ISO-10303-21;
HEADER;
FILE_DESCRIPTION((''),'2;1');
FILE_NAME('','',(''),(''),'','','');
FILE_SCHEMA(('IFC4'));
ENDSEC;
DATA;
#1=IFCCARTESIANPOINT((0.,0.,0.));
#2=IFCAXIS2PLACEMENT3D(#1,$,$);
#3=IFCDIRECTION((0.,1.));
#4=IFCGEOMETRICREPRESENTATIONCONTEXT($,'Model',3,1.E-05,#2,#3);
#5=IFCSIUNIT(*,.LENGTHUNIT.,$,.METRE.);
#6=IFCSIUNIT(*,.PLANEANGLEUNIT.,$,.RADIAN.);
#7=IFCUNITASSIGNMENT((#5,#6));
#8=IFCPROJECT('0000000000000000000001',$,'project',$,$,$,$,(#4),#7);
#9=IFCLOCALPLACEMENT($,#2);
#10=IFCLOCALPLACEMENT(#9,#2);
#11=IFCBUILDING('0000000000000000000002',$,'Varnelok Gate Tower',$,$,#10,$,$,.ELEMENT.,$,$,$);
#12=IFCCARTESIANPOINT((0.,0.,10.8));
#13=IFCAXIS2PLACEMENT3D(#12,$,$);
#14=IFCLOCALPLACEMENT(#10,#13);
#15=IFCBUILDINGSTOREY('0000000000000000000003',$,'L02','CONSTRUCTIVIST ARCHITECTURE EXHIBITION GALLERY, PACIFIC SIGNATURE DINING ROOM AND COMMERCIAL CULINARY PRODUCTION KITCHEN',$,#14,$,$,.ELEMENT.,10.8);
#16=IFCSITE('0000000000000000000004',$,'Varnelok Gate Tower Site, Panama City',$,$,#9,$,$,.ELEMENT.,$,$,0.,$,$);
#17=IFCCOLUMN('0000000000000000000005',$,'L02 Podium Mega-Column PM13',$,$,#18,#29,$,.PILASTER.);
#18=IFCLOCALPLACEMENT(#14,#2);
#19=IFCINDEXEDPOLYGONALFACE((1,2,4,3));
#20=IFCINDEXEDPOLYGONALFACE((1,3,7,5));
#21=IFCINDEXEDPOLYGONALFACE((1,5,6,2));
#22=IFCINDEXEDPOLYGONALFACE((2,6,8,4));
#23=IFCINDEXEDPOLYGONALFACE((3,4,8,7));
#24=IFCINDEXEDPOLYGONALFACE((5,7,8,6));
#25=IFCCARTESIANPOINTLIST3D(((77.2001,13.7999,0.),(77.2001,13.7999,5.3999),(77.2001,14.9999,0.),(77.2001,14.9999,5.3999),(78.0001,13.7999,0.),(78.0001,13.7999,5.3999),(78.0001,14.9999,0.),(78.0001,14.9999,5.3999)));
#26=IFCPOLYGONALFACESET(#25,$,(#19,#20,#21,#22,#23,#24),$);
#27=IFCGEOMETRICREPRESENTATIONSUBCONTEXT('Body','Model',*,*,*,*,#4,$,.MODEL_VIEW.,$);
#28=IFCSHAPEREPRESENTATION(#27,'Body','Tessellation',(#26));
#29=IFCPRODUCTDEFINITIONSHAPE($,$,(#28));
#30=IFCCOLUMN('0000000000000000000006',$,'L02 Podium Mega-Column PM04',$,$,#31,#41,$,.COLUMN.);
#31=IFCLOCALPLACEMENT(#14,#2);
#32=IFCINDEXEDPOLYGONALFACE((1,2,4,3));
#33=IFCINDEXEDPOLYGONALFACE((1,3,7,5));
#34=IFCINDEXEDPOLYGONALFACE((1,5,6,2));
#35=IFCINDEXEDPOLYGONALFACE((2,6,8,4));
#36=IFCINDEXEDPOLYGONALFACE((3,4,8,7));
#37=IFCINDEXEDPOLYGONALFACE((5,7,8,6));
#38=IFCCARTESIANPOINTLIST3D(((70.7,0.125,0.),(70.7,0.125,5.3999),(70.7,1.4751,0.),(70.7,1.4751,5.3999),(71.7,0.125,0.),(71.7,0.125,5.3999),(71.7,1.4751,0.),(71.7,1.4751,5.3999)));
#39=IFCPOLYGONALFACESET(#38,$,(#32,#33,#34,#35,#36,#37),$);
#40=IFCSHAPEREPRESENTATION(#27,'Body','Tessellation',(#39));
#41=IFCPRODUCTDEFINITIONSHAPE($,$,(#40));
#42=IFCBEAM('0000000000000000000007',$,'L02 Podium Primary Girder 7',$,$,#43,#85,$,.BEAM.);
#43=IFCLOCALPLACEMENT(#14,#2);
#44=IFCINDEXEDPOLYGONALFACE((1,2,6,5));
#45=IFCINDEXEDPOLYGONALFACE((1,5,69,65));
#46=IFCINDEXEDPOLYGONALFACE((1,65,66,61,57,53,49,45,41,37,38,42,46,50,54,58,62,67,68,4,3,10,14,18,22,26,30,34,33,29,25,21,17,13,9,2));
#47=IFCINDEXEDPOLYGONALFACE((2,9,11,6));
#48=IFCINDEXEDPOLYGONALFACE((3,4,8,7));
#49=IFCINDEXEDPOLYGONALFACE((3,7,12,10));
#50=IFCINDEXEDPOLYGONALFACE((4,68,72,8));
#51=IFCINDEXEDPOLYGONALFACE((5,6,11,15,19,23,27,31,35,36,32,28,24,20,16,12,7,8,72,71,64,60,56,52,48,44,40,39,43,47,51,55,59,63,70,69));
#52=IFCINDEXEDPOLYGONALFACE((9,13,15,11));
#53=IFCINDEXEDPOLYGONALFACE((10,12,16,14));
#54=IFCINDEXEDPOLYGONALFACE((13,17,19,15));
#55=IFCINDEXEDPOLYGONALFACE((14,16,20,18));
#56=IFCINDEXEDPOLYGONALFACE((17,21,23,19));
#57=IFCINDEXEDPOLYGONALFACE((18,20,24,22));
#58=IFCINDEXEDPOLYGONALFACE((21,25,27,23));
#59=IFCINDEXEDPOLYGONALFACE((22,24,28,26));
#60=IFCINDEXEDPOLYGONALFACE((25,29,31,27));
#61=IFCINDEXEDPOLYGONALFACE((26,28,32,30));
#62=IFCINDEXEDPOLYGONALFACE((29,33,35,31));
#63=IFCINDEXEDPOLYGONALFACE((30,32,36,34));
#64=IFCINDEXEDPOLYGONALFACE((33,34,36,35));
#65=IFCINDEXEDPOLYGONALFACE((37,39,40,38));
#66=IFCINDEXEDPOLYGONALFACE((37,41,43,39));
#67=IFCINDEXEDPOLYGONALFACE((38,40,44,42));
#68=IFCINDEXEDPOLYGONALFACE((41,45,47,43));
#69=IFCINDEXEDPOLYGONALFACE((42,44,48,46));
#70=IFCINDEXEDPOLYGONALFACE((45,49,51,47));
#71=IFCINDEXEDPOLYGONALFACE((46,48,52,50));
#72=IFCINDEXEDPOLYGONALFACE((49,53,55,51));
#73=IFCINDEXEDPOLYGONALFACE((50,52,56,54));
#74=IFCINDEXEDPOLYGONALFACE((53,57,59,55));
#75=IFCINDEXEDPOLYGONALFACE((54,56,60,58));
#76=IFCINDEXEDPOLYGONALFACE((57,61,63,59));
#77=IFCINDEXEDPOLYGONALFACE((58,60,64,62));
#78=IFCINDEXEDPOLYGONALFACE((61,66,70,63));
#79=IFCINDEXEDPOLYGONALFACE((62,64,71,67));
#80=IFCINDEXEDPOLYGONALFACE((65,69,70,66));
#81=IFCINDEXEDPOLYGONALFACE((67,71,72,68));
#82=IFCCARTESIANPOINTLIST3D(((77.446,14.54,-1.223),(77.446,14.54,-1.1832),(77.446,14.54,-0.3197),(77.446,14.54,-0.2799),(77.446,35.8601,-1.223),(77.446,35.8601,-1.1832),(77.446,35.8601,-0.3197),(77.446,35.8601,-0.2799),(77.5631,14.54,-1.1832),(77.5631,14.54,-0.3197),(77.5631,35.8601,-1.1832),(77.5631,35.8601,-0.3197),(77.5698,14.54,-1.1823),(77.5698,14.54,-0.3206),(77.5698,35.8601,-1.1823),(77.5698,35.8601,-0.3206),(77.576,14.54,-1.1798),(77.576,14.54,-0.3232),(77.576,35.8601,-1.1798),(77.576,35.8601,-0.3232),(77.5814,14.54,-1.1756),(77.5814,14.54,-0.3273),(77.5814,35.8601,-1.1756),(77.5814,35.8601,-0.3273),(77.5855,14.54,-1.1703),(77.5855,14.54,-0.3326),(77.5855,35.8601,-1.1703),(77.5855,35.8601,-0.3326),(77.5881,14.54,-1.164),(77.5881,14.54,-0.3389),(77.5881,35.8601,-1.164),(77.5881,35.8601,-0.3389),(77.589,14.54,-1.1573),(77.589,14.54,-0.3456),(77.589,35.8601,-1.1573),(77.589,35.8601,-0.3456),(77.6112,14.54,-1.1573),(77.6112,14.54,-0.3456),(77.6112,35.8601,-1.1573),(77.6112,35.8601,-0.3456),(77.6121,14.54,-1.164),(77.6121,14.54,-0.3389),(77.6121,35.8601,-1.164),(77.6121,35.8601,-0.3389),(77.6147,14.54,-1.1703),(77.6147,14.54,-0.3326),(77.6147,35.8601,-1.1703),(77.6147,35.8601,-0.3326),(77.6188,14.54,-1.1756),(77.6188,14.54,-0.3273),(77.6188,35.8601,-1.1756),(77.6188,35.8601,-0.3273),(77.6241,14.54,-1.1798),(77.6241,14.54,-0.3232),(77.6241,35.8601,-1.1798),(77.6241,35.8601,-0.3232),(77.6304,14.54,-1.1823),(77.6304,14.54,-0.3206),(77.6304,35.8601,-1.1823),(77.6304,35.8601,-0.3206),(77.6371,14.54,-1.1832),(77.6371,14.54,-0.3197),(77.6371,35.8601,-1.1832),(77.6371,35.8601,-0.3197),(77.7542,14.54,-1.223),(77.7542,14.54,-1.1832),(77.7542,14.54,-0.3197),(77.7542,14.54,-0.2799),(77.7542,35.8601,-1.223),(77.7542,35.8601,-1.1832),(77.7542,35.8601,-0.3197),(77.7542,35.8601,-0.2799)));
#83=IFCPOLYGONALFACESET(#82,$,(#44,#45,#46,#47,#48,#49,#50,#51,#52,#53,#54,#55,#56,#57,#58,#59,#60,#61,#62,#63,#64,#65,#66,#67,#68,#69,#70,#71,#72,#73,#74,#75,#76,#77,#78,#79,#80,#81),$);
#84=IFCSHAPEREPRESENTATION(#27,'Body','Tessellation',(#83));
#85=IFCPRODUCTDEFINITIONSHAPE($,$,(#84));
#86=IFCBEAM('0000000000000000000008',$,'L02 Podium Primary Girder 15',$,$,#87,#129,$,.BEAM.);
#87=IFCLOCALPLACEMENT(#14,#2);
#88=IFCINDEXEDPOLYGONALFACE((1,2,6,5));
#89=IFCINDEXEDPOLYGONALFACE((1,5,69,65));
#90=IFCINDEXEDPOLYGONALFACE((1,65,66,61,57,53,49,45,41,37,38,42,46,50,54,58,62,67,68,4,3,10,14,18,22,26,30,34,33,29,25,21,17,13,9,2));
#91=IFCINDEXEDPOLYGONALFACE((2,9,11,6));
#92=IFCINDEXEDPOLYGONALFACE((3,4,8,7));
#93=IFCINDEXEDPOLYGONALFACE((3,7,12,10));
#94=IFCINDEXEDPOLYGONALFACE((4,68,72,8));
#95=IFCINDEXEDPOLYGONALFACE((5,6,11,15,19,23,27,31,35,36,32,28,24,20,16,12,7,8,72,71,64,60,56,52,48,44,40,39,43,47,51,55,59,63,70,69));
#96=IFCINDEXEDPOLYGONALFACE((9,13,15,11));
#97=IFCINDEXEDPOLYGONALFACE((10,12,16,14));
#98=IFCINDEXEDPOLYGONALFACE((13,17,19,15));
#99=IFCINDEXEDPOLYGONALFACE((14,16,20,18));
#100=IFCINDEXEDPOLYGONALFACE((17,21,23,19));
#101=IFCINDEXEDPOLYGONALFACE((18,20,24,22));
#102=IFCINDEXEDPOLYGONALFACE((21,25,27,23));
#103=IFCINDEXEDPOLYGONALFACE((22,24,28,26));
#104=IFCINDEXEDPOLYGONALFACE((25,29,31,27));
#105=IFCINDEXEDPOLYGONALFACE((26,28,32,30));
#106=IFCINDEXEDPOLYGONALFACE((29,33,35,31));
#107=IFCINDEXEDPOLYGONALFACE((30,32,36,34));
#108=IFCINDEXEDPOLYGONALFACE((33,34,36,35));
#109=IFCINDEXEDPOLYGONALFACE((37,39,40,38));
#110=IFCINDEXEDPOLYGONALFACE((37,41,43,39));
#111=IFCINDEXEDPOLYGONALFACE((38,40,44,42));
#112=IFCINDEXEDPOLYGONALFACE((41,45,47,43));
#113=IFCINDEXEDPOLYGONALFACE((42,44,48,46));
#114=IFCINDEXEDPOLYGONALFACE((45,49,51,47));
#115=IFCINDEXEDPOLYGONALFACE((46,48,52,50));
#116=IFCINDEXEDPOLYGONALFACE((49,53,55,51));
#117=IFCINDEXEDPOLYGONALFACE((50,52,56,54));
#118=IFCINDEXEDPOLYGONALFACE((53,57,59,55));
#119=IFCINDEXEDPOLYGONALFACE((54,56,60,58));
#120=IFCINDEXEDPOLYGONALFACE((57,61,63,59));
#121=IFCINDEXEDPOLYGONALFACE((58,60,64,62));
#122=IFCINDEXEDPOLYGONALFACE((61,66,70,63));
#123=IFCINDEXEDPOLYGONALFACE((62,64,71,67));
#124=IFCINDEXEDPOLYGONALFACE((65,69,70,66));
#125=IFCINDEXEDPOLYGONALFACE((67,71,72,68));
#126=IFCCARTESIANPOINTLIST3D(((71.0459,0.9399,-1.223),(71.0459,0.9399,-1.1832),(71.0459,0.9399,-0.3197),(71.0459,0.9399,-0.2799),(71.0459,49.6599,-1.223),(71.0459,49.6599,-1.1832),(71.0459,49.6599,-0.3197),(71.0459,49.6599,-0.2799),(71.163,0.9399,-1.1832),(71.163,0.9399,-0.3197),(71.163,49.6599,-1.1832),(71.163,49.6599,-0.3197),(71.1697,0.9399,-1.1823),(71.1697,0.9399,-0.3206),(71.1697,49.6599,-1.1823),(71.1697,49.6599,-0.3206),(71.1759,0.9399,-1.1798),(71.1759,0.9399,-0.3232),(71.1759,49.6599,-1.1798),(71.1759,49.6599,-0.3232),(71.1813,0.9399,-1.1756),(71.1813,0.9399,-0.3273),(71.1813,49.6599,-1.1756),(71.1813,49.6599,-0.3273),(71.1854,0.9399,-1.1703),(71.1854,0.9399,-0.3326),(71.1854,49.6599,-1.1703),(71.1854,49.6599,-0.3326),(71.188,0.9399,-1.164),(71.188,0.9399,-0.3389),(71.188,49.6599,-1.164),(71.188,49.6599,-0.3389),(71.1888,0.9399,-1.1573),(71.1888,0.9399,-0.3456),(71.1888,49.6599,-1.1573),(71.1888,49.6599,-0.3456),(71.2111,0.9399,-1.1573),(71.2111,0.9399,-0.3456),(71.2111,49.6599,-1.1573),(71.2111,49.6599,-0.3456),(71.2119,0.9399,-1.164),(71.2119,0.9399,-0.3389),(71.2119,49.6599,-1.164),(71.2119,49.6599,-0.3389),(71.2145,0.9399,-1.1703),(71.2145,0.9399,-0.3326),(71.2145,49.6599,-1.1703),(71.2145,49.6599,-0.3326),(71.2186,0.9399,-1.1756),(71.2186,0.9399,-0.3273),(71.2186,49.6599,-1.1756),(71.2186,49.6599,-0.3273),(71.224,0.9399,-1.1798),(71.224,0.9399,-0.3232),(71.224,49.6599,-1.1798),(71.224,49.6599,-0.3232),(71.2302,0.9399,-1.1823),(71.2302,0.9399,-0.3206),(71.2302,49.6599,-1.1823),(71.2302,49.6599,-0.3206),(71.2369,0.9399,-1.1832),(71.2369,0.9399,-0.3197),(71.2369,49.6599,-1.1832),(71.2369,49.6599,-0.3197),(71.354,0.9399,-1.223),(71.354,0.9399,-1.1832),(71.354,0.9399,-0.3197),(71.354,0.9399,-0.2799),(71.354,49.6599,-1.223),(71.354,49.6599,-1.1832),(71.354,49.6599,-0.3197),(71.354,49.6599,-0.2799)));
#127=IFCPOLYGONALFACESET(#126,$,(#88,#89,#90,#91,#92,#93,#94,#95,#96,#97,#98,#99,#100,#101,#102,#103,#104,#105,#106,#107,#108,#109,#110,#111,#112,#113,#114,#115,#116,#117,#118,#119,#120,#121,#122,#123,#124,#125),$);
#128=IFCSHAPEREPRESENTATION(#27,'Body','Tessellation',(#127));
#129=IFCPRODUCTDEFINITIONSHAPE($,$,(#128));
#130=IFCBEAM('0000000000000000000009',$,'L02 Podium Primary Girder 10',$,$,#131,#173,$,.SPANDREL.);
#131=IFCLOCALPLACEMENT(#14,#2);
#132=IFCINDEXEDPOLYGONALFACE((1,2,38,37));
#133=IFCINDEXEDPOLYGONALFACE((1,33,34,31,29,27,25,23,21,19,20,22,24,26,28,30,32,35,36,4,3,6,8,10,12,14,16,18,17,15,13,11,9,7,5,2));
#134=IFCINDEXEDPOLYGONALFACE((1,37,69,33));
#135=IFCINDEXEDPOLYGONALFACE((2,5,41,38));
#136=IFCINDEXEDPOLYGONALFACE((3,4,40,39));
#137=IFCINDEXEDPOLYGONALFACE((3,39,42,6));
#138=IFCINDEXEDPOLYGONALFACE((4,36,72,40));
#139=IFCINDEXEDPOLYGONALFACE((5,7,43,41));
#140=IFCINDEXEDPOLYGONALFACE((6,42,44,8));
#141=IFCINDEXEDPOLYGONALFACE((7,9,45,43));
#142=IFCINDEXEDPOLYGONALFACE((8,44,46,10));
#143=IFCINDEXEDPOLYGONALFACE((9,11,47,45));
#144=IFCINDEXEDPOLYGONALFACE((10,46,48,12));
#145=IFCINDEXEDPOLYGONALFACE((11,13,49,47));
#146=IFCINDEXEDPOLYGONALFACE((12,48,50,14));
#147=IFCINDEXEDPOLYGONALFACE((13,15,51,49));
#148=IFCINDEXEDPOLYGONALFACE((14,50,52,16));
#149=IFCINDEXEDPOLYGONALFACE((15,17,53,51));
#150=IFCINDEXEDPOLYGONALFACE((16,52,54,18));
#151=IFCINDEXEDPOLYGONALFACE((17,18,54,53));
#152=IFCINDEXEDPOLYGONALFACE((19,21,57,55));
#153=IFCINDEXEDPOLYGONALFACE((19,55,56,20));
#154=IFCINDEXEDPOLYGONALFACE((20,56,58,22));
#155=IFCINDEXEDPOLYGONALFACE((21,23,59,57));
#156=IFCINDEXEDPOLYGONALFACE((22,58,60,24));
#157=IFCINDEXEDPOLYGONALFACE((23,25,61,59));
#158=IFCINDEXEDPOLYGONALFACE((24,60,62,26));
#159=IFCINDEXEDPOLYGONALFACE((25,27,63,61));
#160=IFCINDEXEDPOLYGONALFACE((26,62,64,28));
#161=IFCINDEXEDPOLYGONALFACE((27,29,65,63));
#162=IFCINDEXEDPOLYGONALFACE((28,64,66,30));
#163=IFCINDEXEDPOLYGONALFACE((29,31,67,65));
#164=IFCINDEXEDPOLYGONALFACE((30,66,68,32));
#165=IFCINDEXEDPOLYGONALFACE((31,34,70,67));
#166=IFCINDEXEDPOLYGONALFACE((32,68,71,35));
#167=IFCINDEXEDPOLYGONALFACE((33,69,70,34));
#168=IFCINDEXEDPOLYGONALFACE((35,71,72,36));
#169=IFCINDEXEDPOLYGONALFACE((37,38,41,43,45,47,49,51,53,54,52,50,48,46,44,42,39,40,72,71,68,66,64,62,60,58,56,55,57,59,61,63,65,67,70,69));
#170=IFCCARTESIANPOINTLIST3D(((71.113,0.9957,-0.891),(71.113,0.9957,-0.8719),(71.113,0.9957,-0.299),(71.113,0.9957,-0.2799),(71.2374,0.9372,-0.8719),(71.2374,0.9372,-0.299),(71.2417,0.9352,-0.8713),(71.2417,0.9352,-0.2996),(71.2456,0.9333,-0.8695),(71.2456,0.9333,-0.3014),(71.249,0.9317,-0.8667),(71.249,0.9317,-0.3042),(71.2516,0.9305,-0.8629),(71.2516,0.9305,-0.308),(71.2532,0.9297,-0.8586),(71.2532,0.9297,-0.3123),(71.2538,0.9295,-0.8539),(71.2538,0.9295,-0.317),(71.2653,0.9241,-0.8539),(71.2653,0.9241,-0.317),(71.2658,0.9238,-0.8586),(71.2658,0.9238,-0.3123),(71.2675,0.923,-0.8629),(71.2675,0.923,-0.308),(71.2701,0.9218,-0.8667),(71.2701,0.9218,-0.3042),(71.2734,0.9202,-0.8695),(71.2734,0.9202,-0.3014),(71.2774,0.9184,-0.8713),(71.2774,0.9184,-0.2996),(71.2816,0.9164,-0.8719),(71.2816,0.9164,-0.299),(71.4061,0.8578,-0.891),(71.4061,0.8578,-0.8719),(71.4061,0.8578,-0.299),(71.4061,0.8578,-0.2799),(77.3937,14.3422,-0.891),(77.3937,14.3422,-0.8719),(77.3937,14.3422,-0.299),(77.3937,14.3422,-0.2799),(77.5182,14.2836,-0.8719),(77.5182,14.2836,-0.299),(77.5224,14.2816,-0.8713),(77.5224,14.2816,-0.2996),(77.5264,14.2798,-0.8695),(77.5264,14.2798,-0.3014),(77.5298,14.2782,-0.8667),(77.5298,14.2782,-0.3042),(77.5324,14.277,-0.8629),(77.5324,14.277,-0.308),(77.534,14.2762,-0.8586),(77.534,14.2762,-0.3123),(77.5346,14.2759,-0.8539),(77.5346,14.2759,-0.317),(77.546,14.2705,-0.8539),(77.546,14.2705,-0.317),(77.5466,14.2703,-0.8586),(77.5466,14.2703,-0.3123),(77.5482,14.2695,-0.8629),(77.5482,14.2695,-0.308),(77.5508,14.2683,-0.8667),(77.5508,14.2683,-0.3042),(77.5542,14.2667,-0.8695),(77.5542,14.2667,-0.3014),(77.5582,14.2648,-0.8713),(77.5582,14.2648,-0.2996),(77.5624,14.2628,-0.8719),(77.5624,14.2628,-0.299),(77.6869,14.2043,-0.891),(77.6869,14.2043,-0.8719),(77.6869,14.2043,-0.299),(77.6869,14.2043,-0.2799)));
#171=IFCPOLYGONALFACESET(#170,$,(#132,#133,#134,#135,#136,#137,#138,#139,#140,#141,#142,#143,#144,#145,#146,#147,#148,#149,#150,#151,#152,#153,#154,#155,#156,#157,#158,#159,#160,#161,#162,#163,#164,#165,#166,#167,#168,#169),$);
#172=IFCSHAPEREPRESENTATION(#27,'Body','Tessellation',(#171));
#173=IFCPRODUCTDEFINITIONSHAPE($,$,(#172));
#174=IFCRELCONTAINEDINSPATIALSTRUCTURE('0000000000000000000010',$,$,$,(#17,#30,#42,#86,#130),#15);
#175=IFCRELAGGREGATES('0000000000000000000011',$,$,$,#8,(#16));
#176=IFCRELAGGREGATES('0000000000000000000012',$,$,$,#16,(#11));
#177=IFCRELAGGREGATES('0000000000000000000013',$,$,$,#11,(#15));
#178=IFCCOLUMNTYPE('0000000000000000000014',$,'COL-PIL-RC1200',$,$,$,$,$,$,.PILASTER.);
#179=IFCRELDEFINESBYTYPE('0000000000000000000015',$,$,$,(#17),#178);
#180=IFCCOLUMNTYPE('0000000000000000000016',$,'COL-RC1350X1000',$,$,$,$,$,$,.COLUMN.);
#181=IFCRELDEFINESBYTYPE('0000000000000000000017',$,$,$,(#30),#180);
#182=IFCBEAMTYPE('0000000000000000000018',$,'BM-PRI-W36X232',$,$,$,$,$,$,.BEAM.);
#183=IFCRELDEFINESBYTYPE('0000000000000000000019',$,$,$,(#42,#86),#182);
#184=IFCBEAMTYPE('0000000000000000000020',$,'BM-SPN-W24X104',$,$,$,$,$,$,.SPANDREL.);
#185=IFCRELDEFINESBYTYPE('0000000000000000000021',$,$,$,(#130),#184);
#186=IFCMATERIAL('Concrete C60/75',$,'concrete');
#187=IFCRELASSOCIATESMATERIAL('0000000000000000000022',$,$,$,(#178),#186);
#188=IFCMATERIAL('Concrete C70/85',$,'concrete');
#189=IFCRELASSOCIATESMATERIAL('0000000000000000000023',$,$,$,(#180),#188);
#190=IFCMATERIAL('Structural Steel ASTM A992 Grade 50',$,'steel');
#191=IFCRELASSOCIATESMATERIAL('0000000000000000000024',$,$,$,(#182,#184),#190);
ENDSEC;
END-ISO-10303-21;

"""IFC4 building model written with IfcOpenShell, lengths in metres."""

from ifc_helpers import new_model, si_unit, direction, frame, origin, origin_2d, place, context, subcontext, project, spatial, rectangle, i_section, extrude, material, material_profile, profile_set, type_object, element, save


model = new_model("IFC4")

# Units and contexts
model_context = context("Model", 3, precision=1e-05, world=origin(), true_north=direction((0.0, 1.0)))
body_context = subcontext(model_context, "Body", "Model", "MODEL_VIEW")
ifc_project = project(units=[si_unit("LENGTHUNIT", "METRE"), si_unit("PLANEANGLEUNIT", "RADIAN")], contexts=[model_context])

# Site, building, storey
site_placement = place(None, origin())
site = spatial("IfcSite", under=ifc_project, at=site_placement, Name="Varnelok Gate Tower Site, Panama City", CompositionType="ELEMENT", RefElevation=0.0)
building_placement = place(site_placement, origin())
building = spatial("IfcBuilding", under=site, at=building_placement, Name="Varnelok Gate Tower", CompositionType="ELEMENT")
storey_placement = place(building_placement, frame((0.0, 0.0, 10.8)))
storey = spatial("IfcBuildingStorey", under=building, at=storey_placement, Name="L02", Description="CONSTRUCTIVIST ARCHITECTURE EXHIBITION GALLERY, PACIFIC SIGNATURE DINING ROOM AND COMMERCIAL CULINARY PRODUCTION KITCHEN", CompositionType="ELEMENT", Elevation=10.8)

# Columns
ifc_material_1 = material(Name="Concrete C60/75", Category="concrete")
ifc_material_profile_1 = material_profile(ifc_material_1, rectangle(XDim=0.8, YDim=1.2, at=origin_2d()), Name="RC1200X800")
ifc_profile_set_1 = profile_set([ifc_material_profile_1], Name="Concrete C60/75")
column_type_1 = type_object("IfcColumnType", Name="COL-PIL-RC1200", PredefinedType="PILASTER", material=ifc_profile_set_1)
column_1_placement = place(storey_placement, frame((77.6001, 14.3999, 0.0), z_axis=(0.0, 0.0, 1.0), x_axis=(1.0, 0.0, 0.0)))
element("IfcColumn", 1, at=column_1_placement, inside=storey, type_object=column_type_1, Name="L02 Podium Mega-Column PM13", PredefinedType="PILASTER", context=body_context, shape_type="SweptSolid", body=[
    extrude(rectangle(XDim=0.8, YDim=1.2, at=origin_2d()), origin(), (0.0, 0.0, 1.0), 5.3999),
])
ifc_material_2 = material(Name="Concrete C70/85", Category="concrete")
ifc_material_profile_2 = material_profile(ifc_material_2, rectangle(XDim=1.0, YDim=1.3501, at=origin_2d()), Name="RC1350X1000")
ifc_profile_set_2 = profile_set([ifc_material_profile_2], Name="Concrete C70/85")
column_type_2 = type_object("IfcColumnType", Name="COL-RC1350X1000", PredefinedType="COLUMN", material=ifc_profile_set_2)
column_2_placement = place(storey_placement, frame((71.2, 0.8, 0.0), z_axis=(0.0, 0.0, 1.0), x_axis=(1.0, 0.0, 0.0)))
element("IfcColumn", 2, at=column_2_placement, inside=storey, type_object=column_type_2, Name="L02 Podium Mega-Column PM04", PredefinedType="COLUMN", context=body_context, shape_type="SweptSolid", body=[
    extrude(rectangle(XDim=1.0, YDim=1.3501, at=origin_2d()), origin(), (0.0, 0.0, 1.0), 5.3999),
])

# Beams
ifc_material_3 = material(Name="Structural Steel ASTM A992 Grade 50", Category="steel")
ifc_material_profile_3 = material_profile(ifc_material_3, i_section(OverallWidth=0.3081, OverallDepth=0.9431, WebThickness=0.0222, FlangeThickness=0.0398, FilletRadius=0.0259, at=origin_2d()), Name="W36X232")
ifc_profile_set_3 = profile_set([ifc_material_profile_3], Name="Structural Steel ASTM A992 Grade 50")
beam_type_1 = type_object("IfcBeamType", Name="BM-PRI-W36X232", PredefinedType="BEAM", material=ifc_profile_set_3)
beam_1_placement = place(storey_placement, frame((77.6001, 14.54, -0.7515), z_axis=(0.0, 1.0, 0.0), x_axis=(-1.0, 0.0, 0.0)))
element("IfcBeam", 3, at=beam_1_placement, inside=storey, type_object=beam_type_1, Name="L02 Podium Primary Girder 7", PredefinedType="BEAM", context=body_context, shape_type="SweptSolid", body=[
    extrude(i_section(OverallWidth=0.3081, OverallDepth=0.9431, WebThickness=0.0222, FlangeThickness=0.0398, FilletRadius=0.0259, at=origin_2d()), origin(), (0.0, 0.0, 1.0), 21.3201),
])
beam_2_placement = place(storey_placement, frame((71.2, 0.9399, -0.7515), z_axis=(0.0, 1.0, 0.0), x_axis=(-1.0, 0.0, 0.0)))
element("IfcBeam", 4, at=beam_2_placement, inside=storey, type_object=beam_type_1, Name="L02 Podium Primary Girder 15", PredefinedType="BEAM", context=body_context, shape_type="SweptSolid", body=[
    extrude(i_section(OverallWidth=0.3081, OverallDepth=0.9431, WebThickness=0.0222, FlangeThickness=0.0398, FilletRadius=0.0259, at=origin_2d()), origin(), (0.0, 0.0, 1.0), 48.72),
])
ifc_material_profile_4 = material_profile(ifc_material_3, i_section(OverallWidth=0.324, OverallDepth=0.6111, WebThickness=0.0127, FlangeThickness=0.019, FilletRadius=0.0181, at=origin_2d()), Name="W24X104")
ifc_profile_set_4 = profile_set([ifc_material_profile_4], Name="Structural Steel ASTM A992 Grade 50")
beam_type_2 = type_object("IfcBeamType", Name="BM-SPN-W24X104", PredefinedType="SPANDREL", material=ifc_profile_set_4)
beam_3_placement = place(storey_placement, frame((71.2595, 0.9268, -0.5854), z_axis=(0.425802, 0.904816, 0.0), x_axis=(-0.904816, 0.425802, 0.0)))
element("IfcBeam", 5, at=beam_3_placement, inside=storey, type_object=beam_type_2, Name="L02 Podium Primary Girder 10", PredefinedType="SPANDREL", context=body_context, shape_type="SweptSolid", body=[
    extrude(i_section(OverallWidth=0.324, OverallDepth=0.6111, WebThickness=0.0127, FlangeThickness=0.019, FilletRadius=0.0181, at=origin_2d()), origin(), (0.0, 0.0, 1.0), 14.7505),
])

save(model, "model.ifc")
